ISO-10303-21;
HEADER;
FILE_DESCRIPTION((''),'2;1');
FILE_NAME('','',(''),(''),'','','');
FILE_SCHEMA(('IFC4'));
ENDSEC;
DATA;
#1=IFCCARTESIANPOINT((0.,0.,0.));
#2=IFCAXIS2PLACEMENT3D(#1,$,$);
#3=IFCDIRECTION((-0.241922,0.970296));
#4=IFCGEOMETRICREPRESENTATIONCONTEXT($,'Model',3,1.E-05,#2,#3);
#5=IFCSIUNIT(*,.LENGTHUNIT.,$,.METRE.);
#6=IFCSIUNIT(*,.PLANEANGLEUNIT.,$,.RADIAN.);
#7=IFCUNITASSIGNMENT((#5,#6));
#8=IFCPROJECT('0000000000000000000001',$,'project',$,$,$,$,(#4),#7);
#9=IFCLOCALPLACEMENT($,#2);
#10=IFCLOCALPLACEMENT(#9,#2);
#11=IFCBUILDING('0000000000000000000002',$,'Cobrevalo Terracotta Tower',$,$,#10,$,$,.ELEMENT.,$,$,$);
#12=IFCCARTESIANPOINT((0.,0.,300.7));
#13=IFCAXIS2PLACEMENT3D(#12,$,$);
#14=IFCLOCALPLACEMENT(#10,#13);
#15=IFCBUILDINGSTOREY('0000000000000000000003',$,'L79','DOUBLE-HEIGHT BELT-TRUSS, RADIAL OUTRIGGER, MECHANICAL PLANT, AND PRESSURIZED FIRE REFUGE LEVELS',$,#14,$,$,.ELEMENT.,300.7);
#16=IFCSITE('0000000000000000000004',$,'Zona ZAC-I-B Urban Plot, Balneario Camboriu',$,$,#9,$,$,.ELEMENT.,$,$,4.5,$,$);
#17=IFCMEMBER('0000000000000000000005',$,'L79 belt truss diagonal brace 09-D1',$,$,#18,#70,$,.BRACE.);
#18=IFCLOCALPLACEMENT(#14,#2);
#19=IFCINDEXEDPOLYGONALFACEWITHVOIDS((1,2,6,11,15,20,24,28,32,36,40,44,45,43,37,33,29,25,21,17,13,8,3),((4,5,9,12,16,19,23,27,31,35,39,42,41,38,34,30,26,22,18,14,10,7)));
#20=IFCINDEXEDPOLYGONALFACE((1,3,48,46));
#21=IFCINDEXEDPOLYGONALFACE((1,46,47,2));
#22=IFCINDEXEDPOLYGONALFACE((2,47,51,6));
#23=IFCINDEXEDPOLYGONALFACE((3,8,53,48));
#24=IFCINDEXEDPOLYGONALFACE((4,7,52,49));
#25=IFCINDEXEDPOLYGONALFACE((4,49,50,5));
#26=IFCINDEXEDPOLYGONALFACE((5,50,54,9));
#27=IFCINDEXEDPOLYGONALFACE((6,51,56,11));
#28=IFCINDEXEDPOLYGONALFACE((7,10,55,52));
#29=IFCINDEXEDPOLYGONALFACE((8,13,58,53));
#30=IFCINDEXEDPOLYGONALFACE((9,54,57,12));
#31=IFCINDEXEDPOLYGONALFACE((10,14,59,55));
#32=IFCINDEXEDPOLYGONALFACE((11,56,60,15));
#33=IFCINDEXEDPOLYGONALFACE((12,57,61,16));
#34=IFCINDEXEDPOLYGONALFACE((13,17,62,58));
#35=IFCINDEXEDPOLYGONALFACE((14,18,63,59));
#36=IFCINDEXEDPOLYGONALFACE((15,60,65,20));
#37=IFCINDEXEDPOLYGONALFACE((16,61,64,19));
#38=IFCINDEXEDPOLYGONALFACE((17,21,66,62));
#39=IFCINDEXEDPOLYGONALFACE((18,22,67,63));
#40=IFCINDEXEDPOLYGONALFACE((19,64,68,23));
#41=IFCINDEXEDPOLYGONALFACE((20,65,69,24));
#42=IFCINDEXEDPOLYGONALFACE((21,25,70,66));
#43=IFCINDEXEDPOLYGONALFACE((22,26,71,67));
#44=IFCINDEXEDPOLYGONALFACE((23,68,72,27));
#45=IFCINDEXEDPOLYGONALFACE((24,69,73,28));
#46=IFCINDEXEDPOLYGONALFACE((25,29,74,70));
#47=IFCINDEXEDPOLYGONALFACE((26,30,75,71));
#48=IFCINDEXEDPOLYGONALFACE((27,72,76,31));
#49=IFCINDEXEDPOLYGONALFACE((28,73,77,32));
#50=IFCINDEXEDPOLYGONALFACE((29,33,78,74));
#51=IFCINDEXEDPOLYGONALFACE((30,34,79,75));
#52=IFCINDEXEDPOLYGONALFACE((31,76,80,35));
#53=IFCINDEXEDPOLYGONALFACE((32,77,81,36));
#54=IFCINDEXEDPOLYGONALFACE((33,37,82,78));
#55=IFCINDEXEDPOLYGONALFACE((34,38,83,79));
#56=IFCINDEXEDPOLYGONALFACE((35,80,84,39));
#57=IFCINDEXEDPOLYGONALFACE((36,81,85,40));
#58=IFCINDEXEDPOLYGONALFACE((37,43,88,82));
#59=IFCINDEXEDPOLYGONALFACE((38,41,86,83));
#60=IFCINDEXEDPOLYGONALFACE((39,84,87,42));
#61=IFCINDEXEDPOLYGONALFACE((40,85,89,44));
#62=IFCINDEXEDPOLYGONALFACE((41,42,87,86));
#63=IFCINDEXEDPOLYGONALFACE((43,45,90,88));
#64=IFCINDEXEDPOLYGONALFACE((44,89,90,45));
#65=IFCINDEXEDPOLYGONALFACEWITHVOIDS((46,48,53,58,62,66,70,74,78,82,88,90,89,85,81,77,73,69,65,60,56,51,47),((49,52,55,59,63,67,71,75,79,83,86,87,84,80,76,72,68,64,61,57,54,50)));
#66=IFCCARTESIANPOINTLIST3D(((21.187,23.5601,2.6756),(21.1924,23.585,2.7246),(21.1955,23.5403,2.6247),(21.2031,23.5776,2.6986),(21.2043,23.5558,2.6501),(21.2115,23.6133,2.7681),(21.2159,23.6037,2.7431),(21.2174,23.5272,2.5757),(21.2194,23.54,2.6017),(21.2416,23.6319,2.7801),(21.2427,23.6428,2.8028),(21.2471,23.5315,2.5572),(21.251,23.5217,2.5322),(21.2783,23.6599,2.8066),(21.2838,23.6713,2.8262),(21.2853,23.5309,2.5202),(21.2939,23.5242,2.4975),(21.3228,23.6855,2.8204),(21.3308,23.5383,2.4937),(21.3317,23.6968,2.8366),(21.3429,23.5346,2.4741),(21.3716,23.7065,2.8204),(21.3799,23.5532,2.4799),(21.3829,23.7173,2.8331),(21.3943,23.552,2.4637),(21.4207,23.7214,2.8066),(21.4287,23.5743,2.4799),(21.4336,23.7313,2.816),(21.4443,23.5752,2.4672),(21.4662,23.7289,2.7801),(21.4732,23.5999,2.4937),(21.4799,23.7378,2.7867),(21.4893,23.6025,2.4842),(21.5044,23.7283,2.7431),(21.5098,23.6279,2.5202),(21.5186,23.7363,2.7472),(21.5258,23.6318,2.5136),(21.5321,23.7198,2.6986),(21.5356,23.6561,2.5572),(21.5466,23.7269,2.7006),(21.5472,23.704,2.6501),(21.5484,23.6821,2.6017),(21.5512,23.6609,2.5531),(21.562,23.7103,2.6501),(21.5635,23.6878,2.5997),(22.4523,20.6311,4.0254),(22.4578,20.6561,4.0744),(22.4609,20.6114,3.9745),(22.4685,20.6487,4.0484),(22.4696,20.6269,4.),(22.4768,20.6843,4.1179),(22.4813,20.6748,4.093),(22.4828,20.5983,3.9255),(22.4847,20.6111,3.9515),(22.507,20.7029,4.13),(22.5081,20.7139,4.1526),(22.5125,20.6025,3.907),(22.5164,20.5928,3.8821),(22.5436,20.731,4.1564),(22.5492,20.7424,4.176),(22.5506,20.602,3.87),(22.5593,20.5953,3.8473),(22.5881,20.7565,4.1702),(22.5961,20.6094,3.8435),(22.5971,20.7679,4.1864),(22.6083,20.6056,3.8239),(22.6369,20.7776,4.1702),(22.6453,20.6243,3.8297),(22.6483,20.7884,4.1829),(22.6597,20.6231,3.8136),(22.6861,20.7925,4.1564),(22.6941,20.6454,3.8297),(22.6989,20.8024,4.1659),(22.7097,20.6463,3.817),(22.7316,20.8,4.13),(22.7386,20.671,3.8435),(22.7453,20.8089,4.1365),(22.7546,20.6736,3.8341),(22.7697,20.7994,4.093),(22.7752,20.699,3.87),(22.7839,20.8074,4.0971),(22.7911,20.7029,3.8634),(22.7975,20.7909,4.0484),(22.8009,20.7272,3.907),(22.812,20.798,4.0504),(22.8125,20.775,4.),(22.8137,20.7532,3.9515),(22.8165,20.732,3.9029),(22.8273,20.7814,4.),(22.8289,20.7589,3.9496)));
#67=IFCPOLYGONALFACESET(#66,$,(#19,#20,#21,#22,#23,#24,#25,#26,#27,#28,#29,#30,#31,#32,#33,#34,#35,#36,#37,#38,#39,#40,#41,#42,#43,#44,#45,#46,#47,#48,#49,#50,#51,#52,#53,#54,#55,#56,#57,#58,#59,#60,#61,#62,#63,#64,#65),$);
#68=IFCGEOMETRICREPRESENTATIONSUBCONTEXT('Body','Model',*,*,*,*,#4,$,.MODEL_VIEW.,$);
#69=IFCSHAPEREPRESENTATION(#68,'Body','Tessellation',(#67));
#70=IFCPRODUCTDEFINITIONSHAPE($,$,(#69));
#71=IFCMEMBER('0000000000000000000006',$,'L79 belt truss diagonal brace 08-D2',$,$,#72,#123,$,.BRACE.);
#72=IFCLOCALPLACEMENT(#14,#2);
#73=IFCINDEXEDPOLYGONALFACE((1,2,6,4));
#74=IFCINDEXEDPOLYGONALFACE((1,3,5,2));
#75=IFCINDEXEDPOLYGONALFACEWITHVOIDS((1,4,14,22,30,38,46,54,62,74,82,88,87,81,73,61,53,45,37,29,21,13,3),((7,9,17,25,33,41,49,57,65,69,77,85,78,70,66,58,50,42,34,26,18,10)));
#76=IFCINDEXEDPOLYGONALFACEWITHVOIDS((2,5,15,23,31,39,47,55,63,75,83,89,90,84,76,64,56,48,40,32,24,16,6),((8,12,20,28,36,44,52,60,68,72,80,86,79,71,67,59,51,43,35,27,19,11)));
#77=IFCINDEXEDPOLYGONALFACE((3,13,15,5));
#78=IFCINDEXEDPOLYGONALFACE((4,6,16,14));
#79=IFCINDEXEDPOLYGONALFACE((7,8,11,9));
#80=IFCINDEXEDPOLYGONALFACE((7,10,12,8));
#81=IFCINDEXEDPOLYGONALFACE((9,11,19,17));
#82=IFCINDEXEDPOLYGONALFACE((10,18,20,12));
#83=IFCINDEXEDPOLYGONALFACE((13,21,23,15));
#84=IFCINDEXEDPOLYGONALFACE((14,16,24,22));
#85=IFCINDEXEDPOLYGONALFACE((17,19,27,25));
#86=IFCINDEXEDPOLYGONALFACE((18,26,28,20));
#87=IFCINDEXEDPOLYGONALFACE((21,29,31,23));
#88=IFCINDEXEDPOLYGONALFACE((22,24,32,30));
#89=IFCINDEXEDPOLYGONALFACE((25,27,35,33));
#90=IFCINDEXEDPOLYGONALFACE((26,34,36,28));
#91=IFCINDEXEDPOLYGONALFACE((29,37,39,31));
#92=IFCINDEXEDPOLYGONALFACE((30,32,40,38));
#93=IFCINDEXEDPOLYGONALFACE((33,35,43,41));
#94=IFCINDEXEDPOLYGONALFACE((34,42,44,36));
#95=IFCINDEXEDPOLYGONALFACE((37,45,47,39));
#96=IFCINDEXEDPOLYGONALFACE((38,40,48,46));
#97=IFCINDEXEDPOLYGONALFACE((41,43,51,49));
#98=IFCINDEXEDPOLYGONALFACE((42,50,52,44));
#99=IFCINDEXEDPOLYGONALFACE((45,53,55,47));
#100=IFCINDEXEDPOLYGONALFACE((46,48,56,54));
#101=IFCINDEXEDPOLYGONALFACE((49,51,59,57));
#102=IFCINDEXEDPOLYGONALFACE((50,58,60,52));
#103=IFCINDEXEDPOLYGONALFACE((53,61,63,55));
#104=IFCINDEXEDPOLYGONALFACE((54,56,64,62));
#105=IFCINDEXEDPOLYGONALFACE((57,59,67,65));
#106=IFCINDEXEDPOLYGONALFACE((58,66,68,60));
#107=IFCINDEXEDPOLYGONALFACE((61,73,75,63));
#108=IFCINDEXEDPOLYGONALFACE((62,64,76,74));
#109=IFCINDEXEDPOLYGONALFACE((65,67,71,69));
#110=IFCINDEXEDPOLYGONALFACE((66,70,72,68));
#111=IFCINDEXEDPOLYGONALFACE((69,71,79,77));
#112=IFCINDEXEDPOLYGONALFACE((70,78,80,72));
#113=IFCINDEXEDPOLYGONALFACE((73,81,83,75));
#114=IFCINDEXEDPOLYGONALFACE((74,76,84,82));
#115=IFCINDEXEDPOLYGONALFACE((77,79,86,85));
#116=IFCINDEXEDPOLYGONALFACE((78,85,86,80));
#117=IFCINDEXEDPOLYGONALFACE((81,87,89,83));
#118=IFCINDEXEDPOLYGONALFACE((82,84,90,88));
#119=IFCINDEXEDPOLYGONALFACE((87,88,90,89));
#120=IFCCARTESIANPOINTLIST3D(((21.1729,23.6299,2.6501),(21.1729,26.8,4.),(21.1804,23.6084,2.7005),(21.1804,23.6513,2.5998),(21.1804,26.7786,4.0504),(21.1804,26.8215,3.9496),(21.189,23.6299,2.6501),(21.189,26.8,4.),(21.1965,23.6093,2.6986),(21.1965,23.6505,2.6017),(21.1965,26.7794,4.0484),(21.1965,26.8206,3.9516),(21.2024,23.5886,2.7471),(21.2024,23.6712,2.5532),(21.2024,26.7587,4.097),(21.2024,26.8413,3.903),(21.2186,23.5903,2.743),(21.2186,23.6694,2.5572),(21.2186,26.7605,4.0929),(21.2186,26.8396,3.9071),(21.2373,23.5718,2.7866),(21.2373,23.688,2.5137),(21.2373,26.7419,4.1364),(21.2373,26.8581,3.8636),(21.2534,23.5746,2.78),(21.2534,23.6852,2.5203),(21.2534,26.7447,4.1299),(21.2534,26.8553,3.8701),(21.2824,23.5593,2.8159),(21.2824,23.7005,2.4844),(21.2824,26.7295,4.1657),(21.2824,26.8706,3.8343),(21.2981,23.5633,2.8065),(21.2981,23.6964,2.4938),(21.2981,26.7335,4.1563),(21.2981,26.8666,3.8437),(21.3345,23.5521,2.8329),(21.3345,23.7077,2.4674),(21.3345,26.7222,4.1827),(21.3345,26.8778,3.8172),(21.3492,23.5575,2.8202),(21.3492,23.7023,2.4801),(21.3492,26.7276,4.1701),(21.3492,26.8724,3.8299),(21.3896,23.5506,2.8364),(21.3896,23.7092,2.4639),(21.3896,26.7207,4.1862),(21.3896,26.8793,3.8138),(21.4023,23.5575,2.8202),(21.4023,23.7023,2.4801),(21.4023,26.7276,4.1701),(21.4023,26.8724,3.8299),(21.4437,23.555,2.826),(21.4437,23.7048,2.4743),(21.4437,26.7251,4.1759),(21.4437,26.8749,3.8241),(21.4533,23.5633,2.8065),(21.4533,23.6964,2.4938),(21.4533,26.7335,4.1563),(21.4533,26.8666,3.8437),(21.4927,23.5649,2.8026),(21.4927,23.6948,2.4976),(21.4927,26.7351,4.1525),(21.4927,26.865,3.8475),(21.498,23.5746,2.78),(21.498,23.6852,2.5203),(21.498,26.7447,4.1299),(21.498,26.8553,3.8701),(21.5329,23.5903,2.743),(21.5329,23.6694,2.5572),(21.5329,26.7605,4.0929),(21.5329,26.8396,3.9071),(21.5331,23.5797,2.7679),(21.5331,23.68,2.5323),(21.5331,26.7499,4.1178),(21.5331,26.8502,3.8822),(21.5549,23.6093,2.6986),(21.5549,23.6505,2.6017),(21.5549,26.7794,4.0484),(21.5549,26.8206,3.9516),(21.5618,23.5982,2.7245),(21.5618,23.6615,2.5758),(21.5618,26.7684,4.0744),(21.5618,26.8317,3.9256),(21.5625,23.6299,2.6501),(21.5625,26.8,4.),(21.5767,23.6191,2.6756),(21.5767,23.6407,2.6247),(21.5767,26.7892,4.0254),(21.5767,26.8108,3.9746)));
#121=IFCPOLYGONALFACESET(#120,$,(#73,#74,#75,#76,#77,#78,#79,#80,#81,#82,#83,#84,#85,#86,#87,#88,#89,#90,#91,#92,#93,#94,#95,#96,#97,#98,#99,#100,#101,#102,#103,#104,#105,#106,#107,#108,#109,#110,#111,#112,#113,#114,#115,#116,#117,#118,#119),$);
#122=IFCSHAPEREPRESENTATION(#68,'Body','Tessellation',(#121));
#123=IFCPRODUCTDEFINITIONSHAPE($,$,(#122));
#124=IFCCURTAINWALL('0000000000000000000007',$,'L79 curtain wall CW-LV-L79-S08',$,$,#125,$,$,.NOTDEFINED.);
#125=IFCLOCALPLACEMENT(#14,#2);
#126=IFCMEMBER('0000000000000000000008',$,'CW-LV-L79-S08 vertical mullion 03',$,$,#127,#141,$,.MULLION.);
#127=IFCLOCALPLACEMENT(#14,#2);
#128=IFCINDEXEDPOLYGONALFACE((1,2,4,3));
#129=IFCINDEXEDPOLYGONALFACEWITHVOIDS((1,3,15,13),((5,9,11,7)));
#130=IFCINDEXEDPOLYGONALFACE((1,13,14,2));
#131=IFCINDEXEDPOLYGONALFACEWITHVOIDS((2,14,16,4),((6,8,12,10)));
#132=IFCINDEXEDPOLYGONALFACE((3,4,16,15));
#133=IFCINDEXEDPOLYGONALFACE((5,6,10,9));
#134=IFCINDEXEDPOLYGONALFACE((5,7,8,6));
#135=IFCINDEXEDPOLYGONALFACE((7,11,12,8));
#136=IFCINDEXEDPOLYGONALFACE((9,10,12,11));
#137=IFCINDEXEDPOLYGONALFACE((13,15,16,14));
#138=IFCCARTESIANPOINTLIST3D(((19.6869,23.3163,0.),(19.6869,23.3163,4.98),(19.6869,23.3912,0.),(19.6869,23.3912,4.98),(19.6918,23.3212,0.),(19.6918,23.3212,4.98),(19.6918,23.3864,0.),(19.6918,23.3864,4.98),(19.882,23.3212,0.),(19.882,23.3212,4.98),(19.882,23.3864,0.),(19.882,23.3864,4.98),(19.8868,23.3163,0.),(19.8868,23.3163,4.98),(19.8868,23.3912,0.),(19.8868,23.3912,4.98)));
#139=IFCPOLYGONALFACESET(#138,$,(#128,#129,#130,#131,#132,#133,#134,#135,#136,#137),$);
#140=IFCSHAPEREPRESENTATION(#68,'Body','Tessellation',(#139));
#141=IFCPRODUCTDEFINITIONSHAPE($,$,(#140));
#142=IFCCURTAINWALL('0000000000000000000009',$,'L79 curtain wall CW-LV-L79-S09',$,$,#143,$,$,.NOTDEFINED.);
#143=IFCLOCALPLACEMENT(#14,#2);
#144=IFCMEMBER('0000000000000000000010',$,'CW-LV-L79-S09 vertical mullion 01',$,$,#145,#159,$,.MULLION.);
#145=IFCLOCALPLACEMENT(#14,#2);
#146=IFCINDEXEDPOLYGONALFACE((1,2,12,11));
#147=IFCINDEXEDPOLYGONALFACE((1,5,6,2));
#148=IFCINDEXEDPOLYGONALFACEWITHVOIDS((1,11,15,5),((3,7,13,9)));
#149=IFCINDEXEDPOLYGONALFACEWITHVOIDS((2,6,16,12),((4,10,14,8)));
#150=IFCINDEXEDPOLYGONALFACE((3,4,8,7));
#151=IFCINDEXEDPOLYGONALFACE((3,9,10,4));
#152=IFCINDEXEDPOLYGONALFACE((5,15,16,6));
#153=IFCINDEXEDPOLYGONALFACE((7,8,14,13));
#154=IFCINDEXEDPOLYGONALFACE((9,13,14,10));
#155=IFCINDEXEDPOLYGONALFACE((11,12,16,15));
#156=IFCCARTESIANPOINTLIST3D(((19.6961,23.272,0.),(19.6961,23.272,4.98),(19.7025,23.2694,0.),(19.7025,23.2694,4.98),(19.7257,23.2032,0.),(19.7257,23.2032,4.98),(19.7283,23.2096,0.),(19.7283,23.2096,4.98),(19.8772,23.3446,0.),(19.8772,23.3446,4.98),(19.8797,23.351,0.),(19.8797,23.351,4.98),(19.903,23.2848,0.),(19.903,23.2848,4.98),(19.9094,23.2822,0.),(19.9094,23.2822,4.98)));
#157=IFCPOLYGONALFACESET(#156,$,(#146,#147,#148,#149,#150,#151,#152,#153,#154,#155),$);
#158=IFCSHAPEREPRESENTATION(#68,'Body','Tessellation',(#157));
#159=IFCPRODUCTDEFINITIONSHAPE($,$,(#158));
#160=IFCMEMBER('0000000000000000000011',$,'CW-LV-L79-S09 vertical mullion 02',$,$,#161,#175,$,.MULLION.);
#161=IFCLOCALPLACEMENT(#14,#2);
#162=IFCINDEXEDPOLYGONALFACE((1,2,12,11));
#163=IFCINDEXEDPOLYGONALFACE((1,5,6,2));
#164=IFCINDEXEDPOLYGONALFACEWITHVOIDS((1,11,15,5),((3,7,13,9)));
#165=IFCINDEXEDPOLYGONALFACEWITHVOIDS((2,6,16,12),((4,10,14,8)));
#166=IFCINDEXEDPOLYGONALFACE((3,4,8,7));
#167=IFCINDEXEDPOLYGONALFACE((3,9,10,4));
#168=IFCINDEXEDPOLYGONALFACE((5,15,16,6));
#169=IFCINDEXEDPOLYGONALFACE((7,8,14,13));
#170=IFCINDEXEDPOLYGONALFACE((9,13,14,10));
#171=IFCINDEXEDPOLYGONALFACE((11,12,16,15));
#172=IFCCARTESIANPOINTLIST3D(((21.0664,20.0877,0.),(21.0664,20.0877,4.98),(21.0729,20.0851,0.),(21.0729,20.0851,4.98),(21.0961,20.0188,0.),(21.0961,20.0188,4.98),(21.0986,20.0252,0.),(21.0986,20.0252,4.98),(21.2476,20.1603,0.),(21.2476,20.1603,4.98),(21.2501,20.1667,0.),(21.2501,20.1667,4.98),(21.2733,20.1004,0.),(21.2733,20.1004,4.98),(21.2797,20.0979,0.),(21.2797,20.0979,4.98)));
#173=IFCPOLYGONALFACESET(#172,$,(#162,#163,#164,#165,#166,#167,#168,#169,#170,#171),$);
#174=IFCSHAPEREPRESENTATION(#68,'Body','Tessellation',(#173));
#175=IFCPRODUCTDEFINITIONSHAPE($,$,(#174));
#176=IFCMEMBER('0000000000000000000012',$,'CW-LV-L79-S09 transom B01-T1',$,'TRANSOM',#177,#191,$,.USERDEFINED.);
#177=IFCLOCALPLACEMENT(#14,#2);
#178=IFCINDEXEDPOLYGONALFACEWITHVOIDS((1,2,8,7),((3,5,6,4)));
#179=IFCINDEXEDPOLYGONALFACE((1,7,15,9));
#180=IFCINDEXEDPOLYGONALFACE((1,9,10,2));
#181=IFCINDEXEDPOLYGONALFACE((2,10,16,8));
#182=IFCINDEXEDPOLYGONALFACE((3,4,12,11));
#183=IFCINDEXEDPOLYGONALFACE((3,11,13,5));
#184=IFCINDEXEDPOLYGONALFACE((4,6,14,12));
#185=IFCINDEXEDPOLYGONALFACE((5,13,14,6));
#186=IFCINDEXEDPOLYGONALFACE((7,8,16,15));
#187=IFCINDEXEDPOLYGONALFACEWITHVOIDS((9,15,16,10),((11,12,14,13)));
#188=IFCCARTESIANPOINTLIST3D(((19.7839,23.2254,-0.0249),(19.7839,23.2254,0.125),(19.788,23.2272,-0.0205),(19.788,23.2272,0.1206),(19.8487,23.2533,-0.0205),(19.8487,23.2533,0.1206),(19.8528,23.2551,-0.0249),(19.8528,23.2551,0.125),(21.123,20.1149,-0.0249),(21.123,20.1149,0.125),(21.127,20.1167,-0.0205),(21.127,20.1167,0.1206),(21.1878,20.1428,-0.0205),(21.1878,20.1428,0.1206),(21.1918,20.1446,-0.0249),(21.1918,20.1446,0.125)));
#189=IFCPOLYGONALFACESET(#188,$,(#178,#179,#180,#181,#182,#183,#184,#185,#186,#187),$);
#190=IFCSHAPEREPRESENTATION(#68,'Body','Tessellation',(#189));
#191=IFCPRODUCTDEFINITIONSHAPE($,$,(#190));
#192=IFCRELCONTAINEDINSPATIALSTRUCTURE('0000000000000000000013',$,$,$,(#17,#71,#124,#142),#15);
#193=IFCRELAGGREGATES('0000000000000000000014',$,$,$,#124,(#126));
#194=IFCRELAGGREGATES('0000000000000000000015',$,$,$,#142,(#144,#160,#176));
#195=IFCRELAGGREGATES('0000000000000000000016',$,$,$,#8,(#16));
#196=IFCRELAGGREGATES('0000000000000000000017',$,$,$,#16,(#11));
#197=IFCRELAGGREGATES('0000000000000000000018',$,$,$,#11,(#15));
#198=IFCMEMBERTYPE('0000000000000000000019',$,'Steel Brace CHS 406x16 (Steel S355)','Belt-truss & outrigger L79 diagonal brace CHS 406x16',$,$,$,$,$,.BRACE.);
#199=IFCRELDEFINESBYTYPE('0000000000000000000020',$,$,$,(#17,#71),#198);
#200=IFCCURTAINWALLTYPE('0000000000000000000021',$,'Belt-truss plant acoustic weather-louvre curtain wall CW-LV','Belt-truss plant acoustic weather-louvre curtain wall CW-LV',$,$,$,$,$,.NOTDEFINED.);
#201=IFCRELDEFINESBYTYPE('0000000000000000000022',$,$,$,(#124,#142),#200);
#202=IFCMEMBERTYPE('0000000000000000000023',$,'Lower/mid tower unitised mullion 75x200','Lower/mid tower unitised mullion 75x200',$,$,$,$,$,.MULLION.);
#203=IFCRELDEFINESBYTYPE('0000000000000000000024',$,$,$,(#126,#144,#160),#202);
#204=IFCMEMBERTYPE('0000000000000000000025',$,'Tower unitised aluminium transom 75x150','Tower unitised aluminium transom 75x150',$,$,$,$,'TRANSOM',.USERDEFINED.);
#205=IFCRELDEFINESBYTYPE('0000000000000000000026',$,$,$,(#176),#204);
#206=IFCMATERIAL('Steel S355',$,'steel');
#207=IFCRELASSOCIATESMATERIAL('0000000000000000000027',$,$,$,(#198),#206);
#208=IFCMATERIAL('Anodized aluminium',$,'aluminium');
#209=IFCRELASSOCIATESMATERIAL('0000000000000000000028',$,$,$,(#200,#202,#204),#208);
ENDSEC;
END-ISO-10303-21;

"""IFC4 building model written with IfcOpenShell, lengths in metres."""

from ifc_helpers import new_model, si_unit, direction, frame, origin, origin_2d, place, context, subcontext, project, spatial, hollow_rectangle, hollow_circle, extrude, source, transform, mapped, material, material_profile, profile_set, type_object, element, aggregate, save


model = new_model("IFC4")

# Units and contexts
model_context = context("Model", 3, precision=1e-05, world=origin(), true_north=direction((-0.241922, 0.970296)))
body_context = subcontext(model_context, "Body", "Model", "MODEL_VIEW")
ifc_project = project(units=[si_unit("LENGTHUNIT", "METRE"), si_unit("PLANEANGLEUNIT", "RADIAN")], contexts=[model_context])

# Site, building, storey
site_placement = place(None, origin())
site = spatial("IfcSite", under=ifc_project, at=site_placement, Name="Zona ZAC-I-B Urban Plot, Balneario Camboriu", CompositionType="ELEMENT", RefElevation=4.5)
building_placement = place(site_placement, origin())
building = spatial("IfcBuilding", under=site, at=building_placement, Name="Cobrevalo Terracotta Tower", CompositionType="ELEMENT")
storey_placement = place(building_placement, frame((0.0, 0.0, 300.7)))
storey = spatial("IfcBuildingStorey", under=building, at=storey_placement, Name="L79", Description="DOUBLE-HEIGHT BELT-TRUSS, RADIAL OUTRIGGER, MECHANICAL PLANT, AND PRESSURIZED FIRE REFUGE LEVELS", CompositionType="ELEMENT", Elevation=300.7)

# Shared definitions
ifc_material_1 = material(Name="Steel S355", Category="steel")

# Members
ifc_material_profile_1 = material_profile(ifc_material_1, hollow_circle(Radius=0.2029, WallThickness=0.0161, at=origin_2d()), Name="CHS 406x16")
ifc_profile_set_1 = profile_set([ifc_material_profile_1], Name="Steel S355")
member_type_1 = type_object("IfcMemberType", Name="Steel Brace CHS 406x16 (Steel S355)", Description="Belt-truss & outrigger L79 diagonal brace CHS 406x16", PredefinedType="BRACE", material=ifc_profile_set_1)
shared_shape_1 = source(origin(), body_context, "Body", "SweptSolid", [
    extrude(hollow_circle(Radius=0.2029, WallThickness=0.0161, at=origin_2d()), origin(), (0.0, 0.0, 1.0), 3.4644),
])
member_1_placement = place(storey_placement, frame((21.3757, 23.6299, 2.6501), z_axis=(0.365252, -0.845444, 0.389636), x_axis=(0.917993, 0.396596, 0.0)))
element("IfcMember", 1, at=member_1_placement, inside=storey, type_object=member_type_1, Name="L79 belt truss diagonal brace 09-D1", PredefinedType="BRACE", context=body_context, shape_type="MappedRepresentation", body=[
    mapped(shared_shape_1, transform((0.0, 0.0, 0.0), scale=1.0)),
])
shared_shape_2 = source(origin(), body_context, "Body", "SweptSolid", [
    extrude(hollow_circle(Radius=0.2029, WallThickness=0.0161, at=origin_2d()), origin(), (0.0, 0.0, 1.0), 3.4456),
])
member_2_placement = place(storey_placement, frame((21.3757, 23.6299, 2.6501), z_axis=(0.0, 0.920066, 0.391763), x_axis=(-1.0, 0.0, 0.0)))
element("IfcMember", 2, at=member_2_placement, inside=storey, type_object=member_type_1, Name="L79 belt truss diagonal brace 08-D2", PredefinedType="BRACE", context=body_context, shape_type="MappedRepresentation", body=[
    mapped(shared_shape_2, transform((0.0, 0.0, 0.0), scale=1.0)),
])

# Curtain wall, member
ifc_material_2 = material(Name="Anodized aluminium", Category="aluminium")
curtain_wall_type = type_object("IfcCurtainWallType", Name="Belt-truss plant acoustic weather-louvre curtain wall CW-LV", Description="Belt-truss plant acoustic weather-louvre curtain wall CW-LV", PredefinedType="NOTDEFINED", material=ifc_material_2)
curtain_wall_1_placement = place(storey_placement, origin())
curtain_wall_1 = element("IfcCurtainWall", 3, at=curtain_wall_1_placement, inside=storey, type_object=curtain_wall_type, Name="L79 curtain wall CW-LV-L79-S08", PredefinedType="NOTDEFINED")
ifc_material_profile_2 = material_profile(ifc_material_2, hollow_rectangle(XDim=0.075, YDim=0.2, WallThickness=0.0049, at=origin_2d()), Name="CWM 75x200")
ifc_profile_set_2 = profile_set([ifc_material_profile_2], Name="Anodized aluminium")
member_type_2 = type_object("IfcMemberType", Name="Lower/mid tower unitised mullion 75x200", Description="Lower/mid tower unitised mullion 75x200", PredefinedType="MULLION", material=ifc_profile_set_2)
shared_shape_3 = source(origin(), body_context, "Body", "SweptSolid", [
    extrude(hollow_rectangle(XDim=0.075, YDim=0.2, WallThickness=0.0049, at=origin_2d()), origin(), (0.0, 0.0, 1.0), 4.98),
])
member_3_placement = place(storey_placement, frame((19.7869, 23.3538, 0.0), z_axis=(0.0, 0.0, 1.0), x_axis=(0.0, -1.0, 0.0)))
member_3 = element("IfcMember", 4, at=member_3_placement, type_object=member_type_2, Name="CW-LV-L79-S08 vertical mullion 03", PredefinedType="MULLION", context=body_context, shape_type="MappedRepresentation", body=[
    mapped(shared_shape_3, transform((0.0, 0.0, 0.0), scale=1.0)),
])
aggregate(curtain_wall_1, [member_3])

# Curtain wall, members
curtain_wall_2_placement = place(storey_placement, origin())
curtain_wall_2 = element("IfcCurtainWall", 5, at=curtain_wall_2_placement, inside=storey, type_object=curtain_wall_type, Name="L79 curtain wall CW-LV-L79-S09", PredefinedType="NOTDEFINED")
member_4_placement = place(storey_placement, frame((19.8027, 23.2771, 0.0), z_axis=(0.0, 0.0, 1.0), x_axis=(0.395369, -0.918522, 0.0)))
member_4 = element("IfcMember", 6, at=member_4_placement, type_object=member_type_2, Name="CW-LV-L79-S09 vertical mullion 01", PredefinedType="MULLION", context=body_context, shape_type="MappedRepresentation", body=[
    mapped(shared_shape_3, transform((0.0, 0.0, 0.0), scale=1.0)),
])
member_5_placement = place(storey_placement, frame((21.1731, 20.0928, 0.0), z_axis=(0.0, 0.0, 1.0), x_axis=(0.395369, -0.918522, 0.0)))
member_5 = element("IfcMember", 7, at=member_5_placement, type_object=member_type_2, Name="CW-LV-L79-S09 vertical mullion 02", PredefinedType="MULLION", context=body_context, shape_type="MappedRepresentation", body=[
    mapped(shared_shape_3, transform((0.0, 0.0, 0.0), scale=1.0)),
])
ifc_material_profile_3 = material_profile(ifc_material_2, hollow_rectangle(XDim=0.075, YDim=0.1499, WallThickness=0.0044, at=origin_2d()), Name="CWT 75x150")
ifc_profile_set_3 = profile_set([ifc_material_profile_3], Name="Anodized aluminium")
member_type_3 = type_object("IfcMemberType", Name="Tower unitised aluminium transom 75x150", Description="Tower unitised aluminium transom 75x150", ElementType="TRANSOM", PredefinedType="USERDEFINED", material=ifc_profile_set_3)
shared_shape_4 = source(origin(), body_context, "Body", "SweptSolid", [
    extrude(hollow_rectangle(XDim=0.075, YDim=0.1499, WallThickness=0.0044, at=origin_2d()), origin(), (0.0, 0.0, 1.0), 3.3865),
])
member_6_placement = place(storey_placement, frame((19.8184, 23.2402, 0.05), z_axis=(0.395415, -0.918502, 0.0), x_axis=(0.918502, 0.395415, 0.0)))
member_6 = element("IfcMember", 8, at=member_6_placement, type_object=member_type_3, Name="CW-LV-L79-S09 transom B01-T1", ObjectType="TRANSOM", PredefinedType="USERDEFINED", context=body_context, shape_type="MappedRepresentation", body=[
    mapped(shared_shape_4, transform((0.0, 0.0, 0.0), scale=1.0)),
])

aggregate(curtain_wall_2, [member_4, member_5, member_6])

save(model, "model.ifc")
